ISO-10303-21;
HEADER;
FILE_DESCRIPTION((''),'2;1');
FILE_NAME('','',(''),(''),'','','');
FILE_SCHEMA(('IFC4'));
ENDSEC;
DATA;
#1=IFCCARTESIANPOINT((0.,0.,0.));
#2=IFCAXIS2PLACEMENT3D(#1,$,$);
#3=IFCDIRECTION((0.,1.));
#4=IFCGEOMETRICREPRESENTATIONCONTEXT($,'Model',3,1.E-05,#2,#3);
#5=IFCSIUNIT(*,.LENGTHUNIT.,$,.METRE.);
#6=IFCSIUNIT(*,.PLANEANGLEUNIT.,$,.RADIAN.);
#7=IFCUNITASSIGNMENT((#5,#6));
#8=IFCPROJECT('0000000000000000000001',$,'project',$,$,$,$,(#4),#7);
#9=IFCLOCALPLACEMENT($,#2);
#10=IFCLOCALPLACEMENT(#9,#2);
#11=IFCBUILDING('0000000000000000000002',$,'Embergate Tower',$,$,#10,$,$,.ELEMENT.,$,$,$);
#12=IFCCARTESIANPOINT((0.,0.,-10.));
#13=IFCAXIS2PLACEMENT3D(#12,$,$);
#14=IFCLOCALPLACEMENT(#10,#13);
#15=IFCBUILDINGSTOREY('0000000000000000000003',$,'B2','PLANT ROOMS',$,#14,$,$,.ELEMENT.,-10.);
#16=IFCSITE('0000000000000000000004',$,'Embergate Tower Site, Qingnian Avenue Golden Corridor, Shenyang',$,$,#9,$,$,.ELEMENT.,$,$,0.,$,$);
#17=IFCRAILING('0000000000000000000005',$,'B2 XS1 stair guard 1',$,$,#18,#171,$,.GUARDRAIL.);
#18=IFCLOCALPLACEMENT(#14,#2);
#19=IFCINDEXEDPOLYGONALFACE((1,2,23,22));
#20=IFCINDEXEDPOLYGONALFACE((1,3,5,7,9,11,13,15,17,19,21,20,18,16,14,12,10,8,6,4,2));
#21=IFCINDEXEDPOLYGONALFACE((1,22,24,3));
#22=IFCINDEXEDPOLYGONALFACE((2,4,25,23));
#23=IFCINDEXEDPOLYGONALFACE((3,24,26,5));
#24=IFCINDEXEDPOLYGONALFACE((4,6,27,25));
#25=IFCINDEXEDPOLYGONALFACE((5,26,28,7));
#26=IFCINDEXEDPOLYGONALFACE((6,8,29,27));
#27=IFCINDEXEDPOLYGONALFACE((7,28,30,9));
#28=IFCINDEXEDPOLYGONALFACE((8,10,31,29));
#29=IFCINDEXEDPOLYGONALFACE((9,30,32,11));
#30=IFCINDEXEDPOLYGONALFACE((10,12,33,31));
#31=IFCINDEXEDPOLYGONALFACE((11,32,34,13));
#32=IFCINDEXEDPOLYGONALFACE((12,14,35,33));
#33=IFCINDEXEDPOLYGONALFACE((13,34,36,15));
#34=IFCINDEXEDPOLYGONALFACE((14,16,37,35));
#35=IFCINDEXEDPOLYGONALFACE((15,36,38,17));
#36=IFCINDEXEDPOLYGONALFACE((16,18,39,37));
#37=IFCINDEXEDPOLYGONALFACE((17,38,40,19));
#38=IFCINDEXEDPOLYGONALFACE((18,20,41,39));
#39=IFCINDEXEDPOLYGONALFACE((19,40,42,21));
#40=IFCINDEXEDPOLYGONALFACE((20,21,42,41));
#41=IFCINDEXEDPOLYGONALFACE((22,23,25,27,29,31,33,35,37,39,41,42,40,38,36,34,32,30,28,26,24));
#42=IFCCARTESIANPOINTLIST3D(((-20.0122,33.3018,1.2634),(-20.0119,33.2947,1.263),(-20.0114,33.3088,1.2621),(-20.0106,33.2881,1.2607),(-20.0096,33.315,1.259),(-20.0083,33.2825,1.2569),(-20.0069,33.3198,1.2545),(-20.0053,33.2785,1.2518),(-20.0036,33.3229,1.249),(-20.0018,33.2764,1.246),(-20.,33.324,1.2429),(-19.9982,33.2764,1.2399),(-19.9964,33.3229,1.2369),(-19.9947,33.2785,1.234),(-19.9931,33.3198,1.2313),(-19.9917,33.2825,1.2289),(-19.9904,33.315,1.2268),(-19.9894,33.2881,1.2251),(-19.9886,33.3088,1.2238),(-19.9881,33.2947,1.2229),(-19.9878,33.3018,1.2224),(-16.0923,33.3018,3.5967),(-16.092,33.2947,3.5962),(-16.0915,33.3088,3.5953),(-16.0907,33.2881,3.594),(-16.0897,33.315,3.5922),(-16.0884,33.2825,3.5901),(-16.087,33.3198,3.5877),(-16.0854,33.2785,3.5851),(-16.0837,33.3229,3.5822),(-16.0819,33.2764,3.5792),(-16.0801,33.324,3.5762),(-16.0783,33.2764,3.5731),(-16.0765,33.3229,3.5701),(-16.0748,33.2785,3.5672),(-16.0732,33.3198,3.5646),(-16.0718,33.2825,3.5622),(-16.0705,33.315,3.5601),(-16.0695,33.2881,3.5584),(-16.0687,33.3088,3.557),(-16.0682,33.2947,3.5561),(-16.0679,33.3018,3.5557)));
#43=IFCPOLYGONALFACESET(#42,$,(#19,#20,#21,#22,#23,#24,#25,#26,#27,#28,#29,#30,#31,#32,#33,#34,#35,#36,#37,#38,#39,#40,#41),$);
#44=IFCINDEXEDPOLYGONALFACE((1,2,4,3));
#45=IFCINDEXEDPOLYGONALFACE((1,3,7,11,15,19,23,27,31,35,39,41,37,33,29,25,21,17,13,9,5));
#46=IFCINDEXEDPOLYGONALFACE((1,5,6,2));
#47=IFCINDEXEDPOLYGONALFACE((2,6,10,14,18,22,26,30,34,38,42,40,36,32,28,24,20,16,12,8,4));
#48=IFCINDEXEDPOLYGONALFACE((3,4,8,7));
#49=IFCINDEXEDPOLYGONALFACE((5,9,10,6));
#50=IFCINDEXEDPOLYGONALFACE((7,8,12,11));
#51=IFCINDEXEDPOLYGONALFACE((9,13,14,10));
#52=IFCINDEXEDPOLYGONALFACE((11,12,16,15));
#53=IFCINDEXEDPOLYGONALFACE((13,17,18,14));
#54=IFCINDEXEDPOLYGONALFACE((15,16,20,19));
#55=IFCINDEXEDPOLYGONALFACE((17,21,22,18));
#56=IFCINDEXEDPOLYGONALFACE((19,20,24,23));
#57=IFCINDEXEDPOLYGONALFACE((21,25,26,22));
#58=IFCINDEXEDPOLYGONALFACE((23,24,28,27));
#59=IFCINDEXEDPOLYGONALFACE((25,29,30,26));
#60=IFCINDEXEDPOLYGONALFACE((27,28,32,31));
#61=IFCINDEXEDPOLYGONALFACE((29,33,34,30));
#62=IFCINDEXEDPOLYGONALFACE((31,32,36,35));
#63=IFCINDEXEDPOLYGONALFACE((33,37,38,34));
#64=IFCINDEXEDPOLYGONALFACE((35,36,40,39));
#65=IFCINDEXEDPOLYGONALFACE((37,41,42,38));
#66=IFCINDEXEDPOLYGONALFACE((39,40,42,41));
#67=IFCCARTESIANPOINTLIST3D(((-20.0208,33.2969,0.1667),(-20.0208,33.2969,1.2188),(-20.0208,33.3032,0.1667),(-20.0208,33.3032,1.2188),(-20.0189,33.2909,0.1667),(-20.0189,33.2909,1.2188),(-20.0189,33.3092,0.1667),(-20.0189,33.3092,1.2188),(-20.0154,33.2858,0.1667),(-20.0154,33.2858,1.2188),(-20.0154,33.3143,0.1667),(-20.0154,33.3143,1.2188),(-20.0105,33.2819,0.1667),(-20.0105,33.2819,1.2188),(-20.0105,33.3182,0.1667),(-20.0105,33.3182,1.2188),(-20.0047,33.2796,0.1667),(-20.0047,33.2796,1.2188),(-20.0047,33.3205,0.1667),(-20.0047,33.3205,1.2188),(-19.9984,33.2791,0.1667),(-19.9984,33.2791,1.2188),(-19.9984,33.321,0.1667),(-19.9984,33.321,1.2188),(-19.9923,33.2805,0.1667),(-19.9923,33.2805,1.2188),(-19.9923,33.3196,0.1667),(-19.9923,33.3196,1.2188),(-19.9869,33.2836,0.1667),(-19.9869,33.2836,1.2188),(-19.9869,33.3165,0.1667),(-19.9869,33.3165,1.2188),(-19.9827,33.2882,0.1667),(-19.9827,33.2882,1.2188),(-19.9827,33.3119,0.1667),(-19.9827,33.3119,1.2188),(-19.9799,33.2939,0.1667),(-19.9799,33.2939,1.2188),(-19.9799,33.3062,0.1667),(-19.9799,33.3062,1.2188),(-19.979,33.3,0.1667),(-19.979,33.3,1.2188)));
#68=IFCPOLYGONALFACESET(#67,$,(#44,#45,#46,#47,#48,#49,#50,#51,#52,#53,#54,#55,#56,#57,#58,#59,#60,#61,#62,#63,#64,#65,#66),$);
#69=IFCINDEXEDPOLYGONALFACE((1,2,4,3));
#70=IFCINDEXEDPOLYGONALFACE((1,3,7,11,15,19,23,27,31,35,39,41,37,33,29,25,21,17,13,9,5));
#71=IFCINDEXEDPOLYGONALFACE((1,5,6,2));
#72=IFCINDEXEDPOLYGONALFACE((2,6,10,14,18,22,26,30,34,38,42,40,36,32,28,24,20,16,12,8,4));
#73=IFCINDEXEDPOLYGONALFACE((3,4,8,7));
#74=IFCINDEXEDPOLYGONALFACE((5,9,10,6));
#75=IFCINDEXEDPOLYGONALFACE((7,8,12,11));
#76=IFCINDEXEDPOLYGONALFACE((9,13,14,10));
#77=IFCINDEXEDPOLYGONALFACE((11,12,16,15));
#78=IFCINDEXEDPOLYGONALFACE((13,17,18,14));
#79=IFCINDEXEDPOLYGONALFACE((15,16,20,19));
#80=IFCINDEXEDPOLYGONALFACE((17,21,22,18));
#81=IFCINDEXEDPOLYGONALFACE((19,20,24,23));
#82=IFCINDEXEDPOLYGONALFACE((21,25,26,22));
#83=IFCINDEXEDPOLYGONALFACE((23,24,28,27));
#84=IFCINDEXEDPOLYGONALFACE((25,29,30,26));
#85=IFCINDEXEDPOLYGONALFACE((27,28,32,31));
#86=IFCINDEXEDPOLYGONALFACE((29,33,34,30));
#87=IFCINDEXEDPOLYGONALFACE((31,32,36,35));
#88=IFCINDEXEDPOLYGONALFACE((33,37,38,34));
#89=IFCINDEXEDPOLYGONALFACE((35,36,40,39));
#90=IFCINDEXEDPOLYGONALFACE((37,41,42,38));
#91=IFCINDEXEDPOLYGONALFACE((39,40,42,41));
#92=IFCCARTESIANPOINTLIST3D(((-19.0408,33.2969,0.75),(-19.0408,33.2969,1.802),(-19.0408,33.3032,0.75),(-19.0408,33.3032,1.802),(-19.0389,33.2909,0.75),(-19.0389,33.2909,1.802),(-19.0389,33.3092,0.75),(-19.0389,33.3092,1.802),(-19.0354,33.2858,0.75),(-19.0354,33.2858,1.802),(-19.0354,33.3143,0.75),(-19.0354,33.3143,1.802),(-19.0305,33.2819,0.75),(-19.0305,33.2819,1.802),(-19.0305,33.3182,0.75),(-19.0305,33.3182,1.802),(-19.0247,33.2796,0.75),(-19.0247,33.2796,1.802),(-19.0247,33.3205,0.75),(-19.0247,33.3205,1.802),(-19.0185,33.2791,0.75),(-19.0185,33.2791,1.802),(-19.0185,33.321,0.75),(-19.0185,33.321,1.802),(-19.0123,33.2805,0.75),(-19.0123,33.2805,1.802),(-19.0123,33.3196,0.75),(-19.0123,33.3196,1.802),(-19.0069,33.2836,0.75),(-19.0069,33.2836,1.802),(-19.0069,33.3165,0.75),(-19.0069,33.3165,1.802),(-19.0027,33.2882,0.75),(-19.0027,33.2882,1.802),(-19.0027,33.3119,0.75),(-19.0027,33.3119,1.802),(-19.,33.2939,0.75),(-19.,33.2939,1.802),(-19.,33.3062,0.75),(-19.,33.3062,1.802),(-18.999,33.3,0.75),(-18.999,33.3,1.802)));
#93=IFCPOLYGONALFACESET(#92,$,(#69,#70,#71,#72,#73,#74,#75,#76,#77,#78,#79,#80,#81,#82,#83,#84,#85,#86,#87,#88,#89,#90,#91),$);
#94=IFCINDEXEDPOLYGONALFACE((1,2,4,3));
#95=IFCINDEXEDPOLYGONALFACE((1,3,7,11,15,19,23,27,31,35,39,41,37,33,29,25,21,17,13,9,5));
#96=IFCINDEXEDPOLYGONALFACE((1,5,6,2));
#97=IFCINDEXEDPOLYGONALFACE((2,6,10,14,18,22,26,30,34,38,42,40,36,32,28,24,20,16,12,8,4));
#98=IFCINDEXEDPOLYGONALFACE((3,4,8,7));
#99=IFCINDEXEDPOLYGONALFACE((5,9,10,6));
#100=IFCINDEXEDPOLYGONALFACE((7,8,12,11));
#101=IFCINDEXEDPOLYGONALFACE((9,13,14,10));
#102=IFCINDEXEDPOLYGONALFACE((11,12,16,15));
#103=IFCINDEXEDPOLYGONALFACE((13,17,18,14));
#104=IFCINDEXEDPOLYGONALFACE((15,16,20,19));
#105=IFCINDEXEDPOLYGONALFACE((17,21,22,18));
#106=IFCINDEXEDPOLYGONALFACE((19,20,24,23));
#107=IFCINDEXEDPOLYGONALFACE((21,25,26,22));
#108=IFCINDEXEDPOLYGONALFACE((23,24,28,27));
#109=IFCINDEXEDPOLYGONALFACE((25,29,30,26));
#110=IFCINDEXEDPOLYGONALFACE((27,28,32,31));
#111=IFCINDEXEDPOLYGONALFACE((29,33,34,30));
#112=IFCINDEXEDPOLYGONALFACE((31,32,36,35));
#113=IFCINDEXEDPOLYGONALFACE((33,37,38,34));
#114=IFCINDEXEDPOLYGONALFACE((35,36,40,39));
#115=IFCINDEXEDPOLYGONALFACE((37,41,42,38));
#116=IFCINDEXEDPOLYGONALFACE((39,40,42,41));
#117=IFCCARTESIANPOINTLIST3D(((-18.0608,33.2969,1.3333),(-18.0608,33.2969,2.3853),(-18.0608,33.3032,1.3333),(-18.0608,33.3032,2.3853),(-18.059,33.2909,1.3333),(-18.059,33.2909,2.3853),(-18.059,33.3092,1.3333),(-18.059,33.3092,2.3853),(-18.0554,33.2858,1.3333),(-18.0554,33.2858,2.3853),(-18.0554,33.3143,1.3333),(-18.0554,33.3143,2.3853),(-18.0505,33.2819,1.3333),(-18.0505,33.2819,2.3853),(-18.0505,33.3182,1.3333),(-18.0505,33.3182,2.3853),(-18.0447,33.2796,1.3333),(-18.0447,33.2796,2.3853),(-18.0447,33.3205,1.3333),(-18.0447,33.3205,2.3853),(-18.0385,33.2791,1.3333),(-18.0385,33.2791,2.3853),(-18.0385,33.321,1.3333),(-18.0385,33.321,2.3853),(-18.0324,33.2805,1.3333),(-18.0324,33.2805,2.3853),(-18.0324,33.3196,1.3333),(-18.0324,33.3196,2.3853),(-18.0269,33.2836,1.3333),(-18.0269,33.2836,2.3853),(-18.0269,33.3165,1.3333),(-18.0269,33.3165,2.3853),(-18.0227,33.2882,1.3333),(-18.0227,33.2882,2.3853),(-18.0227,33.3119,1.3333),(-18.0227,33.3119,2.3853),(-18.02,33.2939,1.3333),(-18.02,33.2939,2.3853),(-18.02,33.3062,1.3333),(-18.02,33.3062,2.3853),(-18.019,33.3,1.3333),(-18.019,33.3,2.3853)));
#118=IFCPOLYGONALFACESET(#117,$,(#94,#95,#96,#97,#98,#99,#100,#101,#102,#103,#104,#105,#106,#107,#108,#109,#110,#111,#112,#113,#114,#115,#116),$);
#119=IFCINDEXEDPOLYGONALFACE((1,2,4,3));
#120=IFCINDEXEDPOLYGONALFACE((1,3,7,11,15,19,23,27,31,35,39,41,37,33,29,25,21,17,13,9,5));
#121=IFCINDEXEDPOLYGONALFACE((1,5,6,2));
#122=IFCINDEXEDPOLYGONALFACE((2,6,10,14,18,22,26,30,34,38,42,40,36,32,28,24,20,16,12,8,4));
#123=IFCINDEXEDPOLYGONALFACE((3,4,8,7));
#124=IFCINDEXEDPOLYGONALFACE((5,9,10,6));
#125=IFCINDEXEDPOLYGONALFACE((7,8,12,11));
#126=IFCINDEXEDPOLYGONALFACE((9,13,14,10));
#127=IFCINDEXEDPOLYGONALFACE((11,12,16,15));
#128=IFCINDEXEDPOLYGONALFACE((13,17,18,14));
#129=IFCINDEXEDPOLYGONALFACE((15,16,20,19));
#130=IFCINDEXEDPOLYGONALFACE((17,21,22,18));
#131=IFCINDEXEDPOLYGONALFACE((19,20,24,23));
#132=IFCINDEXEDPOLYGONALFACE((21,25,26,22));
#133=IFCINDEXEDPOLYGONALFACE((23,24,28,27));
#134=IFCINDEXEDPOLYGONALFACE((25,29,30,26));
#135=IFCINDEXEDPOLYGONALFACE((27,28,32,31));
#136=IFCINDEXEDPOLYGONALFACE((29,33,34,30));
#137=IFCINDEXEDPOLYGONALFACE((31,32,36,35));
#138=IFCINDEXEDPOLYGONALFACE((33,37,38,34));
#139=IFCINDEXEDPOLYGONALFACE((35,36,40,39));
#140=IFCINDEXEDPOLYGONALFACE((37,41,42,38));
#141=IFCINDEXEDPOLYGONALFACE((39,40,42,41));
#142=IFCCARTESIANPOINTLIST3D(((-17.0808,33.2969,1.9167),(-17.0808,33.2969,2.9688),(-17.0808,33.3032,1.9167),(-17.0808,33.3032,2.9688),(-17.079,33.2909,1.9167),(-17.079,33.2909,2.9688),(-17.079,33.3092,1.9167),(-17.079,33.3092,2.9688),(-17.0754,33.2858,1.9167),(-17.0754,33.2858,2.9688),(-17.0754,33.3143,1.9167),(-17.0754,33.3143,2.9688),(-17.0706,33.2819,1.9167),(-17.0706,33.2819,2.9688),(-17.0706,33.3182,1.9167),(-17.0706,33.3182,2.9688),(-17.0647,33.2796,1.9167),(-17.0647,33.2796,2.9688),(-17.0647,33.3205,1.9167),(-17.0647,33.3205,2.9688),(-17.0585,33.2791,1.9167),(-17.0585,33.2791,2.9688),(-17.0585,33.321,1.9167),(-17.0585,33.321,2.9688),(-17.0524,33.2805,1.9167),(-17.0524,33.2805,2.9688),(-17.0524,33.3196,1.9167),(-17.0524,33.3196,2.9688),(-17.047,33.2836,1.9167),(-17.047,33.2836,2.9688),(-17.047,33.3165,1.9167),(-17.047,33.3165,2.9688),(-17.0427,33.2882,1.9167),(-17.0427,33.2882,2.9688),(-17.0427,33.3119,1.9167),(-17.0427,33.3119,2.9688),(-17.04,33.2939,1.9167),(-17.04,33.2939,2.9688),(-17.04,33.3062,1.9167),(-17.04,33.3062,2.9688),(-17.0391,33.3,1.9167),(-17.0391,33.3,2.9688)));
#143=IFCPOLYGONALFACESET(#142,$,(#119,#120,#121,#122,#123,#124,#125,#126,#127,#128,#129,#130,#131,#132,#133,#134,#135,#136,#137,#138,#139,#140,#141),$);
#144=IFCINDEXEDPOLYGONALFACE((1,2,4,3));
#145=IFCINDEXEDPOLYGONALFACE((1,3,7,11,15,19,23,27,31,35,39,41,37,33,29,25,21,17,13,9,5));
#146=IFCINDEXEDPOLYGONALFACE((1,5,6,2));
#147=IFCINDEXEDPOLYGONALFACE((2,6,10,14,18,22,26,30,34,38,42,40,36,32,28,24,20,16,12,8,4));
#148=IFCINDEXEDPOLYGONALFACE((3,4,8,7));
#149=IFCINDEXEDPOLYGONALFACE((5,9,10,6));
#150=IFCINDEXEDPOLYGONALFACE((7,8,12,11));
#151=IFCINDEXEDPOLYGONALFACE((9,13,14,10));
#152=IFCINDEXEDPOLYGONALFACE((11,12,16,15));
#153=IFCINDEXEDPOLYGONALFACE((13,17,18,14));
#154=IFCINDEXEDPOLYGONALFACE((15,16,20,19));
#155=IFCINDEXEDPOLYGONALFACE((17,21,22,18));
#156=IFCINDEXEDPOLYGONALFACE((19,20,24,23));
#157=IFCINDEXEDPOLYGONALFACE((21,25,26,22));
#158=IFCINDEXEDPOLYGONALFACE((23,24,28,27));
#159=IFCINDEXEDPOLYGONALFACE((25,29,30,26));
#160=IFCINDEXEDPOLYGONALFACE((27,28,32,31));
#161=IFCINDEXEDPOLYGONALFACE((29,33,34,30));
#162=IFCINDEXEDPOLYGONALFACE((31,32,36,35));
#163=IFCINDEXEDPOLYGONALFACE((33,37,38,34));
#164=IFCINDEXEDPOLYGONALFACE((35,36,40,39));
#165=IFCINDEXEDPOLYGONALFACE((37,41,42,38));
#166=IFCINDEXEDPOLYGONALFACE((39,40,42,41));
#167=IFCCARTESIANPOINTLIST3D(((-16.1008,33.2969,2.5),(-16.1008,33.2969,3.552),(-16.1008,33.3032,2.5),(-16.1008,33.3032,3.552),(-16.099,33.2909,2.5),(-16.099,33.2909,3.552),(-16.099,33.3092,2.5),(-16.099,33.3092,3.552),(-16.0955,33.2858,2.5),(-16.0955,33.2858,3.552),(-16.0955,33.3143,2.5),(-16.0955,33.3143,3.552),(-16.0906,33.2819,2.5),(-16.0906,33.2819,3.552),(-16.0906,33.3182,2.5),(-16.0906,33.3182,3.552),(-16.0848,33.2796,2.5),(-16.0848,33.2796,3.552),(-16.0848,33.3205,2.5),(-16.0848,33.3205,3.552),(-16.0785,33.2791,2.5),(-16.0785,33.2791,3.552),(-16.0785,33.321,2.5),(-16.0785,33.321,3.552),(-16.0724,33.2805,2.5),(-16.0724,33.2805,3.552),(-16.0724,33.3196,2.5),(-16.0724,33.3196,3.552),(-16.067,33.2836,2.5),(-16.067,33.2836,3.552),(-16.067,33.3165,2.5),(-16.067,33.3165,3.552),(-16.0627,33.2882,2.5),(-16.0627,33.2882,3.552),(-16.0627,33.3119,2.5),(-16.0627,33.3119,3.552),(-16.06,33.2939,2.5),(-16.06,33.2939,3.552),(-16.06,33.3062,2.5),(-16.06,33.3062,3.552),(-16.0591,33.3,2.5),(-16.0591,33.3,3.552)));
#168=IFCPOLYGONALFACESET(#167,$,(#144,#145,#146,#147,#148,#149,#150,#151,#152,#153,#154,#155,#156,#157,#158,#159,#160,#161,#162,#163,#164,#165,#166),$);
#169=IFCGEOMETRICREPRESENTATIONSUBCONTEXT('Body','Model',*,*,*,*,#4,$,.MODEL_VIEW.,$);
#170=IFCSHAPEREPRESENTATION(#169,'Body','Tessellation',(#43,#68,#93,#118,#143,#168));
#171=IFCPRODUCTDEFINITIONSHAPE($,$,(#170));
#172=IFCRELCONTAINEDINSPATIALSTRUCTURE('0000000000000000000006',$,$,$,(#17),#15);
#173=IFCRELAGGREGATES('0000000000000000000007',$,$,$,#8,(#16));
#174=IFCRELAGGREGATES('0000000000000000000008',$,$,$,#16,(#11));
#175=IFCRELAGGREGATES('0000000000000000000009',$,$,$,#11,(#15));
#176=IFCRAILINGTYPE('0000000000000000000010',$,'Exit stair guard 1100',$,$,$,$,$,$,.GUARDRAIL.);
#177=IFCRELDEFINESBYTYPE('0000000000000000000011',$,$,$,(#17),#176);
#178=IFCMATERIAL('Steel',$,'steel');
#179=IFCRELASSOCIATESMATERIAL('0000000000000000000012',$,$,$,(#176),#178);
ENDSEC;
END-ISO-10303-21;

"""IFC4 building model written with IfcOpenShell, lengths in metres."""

from ifc_helpers import new_model, si_unit, direction, frame, origin, origin_2d, place, context, subcontext, project, spatial, circle, extrude, source, transform, mapped, material, type_object, element, save


model = new_model("IFC4")

# Units and contexts
model_context = context("Model", 3, precision=1e-05, world=origin(), true_north=direction((0.0, 1.0)))
body_context = subcontext(model_context, "Body", "Model", "MODEL_VIEW")
ifc_project = project(units=[si_unit("LENGTHUNIT", "METRE"), si_unit("PLANEANGLEUNIT", "RADIAN")], contexts=[model_context])

# Site, building, storey
site_placement = place(None, origin())
site = spatial("IfcSite", under=ifc_project, at=site_placement, Name="Embergate Tower Site, Qingnian Avenue Golden Corridor, Shenyang", CompositionType="ELEMENT", RefElevation=0.0)
building_placement = place(site_placement, origin())
building = spatial("IfcBuilding", under=site, at=building_placement, Name="Embergate Tower", CompositionType="ELEMENT")
storey_placement = place(building_placement, frame((0.0, 0.0, -10.0)))
storey = spatial("IfcBuildingStorey", under=building, at=storey_placement, Name="B2", Description="PLANT ROOMS", CompositionType="ELEMENT", Elevation=-10.0)

# Railing
ifc_material_1 = material(Name="Steel", Category="steel")
railing_type_1 = type_object("IfcRailingType", Name="Exit stair guard 1100", PredefinedType="GUARDRAIL", material=ifc_material_1)
shared_shape_1 = source(origin(), body_context, "Body", "SweptSolid", [
    extrude(circle(Radius=0.0239, at=origin_2d()), frame((0.0, 0.0, 1.0762), z_axis=(0.859296, 0.0, 0.511478), x_axis=(0.0, 1.0, 0.0)), (0.0, 0.0, 1.0), 4.5618),
    extrude(circle(Radius=0.021, at=origin_2d()), origin(), (0.0, 0.0, 1.0), 1.052),
    extrude(circle(Radius=0.021, at=origin_2d()), frame((0.98, 0.0, 0.5833)), (0.0, 0.0, 1.0), 1.052),
    extrude(circle(Radius=0.021, at=origin_2d()), frame((1.96, 0.0, 1.1665)), (0.0, 0.0, 1.0), 1.052),
    extrude(circle(Radius=0.021, at=origin_2d()), frame((2.9399, 0.0, 1.75)), (0.0, 0.0, 1.0), 1.052),
    extrude(circle(Radius=0.021, at=origin_2d()), frame((3.9199, 0.0, 2.3333)), (0.0, 0.0, 1.0), 1.052),
])
railing_1_placement = place(storey_placement, frame((-20.0, 33.3, 0.1667)))
element("IfcRailing", 1, at=railing_1_placement, inside=storey, type_object=railing_type_1, Name="B2 XS1 stair guard 1", PredefinedType="GUARDRAIL", context=body_context, shape_type="MappedRepresentation", body=[
    mapped(shared_shape_1, transform((0.0, 0.0, 0.0))),
])

save(model, "model.ifc")
